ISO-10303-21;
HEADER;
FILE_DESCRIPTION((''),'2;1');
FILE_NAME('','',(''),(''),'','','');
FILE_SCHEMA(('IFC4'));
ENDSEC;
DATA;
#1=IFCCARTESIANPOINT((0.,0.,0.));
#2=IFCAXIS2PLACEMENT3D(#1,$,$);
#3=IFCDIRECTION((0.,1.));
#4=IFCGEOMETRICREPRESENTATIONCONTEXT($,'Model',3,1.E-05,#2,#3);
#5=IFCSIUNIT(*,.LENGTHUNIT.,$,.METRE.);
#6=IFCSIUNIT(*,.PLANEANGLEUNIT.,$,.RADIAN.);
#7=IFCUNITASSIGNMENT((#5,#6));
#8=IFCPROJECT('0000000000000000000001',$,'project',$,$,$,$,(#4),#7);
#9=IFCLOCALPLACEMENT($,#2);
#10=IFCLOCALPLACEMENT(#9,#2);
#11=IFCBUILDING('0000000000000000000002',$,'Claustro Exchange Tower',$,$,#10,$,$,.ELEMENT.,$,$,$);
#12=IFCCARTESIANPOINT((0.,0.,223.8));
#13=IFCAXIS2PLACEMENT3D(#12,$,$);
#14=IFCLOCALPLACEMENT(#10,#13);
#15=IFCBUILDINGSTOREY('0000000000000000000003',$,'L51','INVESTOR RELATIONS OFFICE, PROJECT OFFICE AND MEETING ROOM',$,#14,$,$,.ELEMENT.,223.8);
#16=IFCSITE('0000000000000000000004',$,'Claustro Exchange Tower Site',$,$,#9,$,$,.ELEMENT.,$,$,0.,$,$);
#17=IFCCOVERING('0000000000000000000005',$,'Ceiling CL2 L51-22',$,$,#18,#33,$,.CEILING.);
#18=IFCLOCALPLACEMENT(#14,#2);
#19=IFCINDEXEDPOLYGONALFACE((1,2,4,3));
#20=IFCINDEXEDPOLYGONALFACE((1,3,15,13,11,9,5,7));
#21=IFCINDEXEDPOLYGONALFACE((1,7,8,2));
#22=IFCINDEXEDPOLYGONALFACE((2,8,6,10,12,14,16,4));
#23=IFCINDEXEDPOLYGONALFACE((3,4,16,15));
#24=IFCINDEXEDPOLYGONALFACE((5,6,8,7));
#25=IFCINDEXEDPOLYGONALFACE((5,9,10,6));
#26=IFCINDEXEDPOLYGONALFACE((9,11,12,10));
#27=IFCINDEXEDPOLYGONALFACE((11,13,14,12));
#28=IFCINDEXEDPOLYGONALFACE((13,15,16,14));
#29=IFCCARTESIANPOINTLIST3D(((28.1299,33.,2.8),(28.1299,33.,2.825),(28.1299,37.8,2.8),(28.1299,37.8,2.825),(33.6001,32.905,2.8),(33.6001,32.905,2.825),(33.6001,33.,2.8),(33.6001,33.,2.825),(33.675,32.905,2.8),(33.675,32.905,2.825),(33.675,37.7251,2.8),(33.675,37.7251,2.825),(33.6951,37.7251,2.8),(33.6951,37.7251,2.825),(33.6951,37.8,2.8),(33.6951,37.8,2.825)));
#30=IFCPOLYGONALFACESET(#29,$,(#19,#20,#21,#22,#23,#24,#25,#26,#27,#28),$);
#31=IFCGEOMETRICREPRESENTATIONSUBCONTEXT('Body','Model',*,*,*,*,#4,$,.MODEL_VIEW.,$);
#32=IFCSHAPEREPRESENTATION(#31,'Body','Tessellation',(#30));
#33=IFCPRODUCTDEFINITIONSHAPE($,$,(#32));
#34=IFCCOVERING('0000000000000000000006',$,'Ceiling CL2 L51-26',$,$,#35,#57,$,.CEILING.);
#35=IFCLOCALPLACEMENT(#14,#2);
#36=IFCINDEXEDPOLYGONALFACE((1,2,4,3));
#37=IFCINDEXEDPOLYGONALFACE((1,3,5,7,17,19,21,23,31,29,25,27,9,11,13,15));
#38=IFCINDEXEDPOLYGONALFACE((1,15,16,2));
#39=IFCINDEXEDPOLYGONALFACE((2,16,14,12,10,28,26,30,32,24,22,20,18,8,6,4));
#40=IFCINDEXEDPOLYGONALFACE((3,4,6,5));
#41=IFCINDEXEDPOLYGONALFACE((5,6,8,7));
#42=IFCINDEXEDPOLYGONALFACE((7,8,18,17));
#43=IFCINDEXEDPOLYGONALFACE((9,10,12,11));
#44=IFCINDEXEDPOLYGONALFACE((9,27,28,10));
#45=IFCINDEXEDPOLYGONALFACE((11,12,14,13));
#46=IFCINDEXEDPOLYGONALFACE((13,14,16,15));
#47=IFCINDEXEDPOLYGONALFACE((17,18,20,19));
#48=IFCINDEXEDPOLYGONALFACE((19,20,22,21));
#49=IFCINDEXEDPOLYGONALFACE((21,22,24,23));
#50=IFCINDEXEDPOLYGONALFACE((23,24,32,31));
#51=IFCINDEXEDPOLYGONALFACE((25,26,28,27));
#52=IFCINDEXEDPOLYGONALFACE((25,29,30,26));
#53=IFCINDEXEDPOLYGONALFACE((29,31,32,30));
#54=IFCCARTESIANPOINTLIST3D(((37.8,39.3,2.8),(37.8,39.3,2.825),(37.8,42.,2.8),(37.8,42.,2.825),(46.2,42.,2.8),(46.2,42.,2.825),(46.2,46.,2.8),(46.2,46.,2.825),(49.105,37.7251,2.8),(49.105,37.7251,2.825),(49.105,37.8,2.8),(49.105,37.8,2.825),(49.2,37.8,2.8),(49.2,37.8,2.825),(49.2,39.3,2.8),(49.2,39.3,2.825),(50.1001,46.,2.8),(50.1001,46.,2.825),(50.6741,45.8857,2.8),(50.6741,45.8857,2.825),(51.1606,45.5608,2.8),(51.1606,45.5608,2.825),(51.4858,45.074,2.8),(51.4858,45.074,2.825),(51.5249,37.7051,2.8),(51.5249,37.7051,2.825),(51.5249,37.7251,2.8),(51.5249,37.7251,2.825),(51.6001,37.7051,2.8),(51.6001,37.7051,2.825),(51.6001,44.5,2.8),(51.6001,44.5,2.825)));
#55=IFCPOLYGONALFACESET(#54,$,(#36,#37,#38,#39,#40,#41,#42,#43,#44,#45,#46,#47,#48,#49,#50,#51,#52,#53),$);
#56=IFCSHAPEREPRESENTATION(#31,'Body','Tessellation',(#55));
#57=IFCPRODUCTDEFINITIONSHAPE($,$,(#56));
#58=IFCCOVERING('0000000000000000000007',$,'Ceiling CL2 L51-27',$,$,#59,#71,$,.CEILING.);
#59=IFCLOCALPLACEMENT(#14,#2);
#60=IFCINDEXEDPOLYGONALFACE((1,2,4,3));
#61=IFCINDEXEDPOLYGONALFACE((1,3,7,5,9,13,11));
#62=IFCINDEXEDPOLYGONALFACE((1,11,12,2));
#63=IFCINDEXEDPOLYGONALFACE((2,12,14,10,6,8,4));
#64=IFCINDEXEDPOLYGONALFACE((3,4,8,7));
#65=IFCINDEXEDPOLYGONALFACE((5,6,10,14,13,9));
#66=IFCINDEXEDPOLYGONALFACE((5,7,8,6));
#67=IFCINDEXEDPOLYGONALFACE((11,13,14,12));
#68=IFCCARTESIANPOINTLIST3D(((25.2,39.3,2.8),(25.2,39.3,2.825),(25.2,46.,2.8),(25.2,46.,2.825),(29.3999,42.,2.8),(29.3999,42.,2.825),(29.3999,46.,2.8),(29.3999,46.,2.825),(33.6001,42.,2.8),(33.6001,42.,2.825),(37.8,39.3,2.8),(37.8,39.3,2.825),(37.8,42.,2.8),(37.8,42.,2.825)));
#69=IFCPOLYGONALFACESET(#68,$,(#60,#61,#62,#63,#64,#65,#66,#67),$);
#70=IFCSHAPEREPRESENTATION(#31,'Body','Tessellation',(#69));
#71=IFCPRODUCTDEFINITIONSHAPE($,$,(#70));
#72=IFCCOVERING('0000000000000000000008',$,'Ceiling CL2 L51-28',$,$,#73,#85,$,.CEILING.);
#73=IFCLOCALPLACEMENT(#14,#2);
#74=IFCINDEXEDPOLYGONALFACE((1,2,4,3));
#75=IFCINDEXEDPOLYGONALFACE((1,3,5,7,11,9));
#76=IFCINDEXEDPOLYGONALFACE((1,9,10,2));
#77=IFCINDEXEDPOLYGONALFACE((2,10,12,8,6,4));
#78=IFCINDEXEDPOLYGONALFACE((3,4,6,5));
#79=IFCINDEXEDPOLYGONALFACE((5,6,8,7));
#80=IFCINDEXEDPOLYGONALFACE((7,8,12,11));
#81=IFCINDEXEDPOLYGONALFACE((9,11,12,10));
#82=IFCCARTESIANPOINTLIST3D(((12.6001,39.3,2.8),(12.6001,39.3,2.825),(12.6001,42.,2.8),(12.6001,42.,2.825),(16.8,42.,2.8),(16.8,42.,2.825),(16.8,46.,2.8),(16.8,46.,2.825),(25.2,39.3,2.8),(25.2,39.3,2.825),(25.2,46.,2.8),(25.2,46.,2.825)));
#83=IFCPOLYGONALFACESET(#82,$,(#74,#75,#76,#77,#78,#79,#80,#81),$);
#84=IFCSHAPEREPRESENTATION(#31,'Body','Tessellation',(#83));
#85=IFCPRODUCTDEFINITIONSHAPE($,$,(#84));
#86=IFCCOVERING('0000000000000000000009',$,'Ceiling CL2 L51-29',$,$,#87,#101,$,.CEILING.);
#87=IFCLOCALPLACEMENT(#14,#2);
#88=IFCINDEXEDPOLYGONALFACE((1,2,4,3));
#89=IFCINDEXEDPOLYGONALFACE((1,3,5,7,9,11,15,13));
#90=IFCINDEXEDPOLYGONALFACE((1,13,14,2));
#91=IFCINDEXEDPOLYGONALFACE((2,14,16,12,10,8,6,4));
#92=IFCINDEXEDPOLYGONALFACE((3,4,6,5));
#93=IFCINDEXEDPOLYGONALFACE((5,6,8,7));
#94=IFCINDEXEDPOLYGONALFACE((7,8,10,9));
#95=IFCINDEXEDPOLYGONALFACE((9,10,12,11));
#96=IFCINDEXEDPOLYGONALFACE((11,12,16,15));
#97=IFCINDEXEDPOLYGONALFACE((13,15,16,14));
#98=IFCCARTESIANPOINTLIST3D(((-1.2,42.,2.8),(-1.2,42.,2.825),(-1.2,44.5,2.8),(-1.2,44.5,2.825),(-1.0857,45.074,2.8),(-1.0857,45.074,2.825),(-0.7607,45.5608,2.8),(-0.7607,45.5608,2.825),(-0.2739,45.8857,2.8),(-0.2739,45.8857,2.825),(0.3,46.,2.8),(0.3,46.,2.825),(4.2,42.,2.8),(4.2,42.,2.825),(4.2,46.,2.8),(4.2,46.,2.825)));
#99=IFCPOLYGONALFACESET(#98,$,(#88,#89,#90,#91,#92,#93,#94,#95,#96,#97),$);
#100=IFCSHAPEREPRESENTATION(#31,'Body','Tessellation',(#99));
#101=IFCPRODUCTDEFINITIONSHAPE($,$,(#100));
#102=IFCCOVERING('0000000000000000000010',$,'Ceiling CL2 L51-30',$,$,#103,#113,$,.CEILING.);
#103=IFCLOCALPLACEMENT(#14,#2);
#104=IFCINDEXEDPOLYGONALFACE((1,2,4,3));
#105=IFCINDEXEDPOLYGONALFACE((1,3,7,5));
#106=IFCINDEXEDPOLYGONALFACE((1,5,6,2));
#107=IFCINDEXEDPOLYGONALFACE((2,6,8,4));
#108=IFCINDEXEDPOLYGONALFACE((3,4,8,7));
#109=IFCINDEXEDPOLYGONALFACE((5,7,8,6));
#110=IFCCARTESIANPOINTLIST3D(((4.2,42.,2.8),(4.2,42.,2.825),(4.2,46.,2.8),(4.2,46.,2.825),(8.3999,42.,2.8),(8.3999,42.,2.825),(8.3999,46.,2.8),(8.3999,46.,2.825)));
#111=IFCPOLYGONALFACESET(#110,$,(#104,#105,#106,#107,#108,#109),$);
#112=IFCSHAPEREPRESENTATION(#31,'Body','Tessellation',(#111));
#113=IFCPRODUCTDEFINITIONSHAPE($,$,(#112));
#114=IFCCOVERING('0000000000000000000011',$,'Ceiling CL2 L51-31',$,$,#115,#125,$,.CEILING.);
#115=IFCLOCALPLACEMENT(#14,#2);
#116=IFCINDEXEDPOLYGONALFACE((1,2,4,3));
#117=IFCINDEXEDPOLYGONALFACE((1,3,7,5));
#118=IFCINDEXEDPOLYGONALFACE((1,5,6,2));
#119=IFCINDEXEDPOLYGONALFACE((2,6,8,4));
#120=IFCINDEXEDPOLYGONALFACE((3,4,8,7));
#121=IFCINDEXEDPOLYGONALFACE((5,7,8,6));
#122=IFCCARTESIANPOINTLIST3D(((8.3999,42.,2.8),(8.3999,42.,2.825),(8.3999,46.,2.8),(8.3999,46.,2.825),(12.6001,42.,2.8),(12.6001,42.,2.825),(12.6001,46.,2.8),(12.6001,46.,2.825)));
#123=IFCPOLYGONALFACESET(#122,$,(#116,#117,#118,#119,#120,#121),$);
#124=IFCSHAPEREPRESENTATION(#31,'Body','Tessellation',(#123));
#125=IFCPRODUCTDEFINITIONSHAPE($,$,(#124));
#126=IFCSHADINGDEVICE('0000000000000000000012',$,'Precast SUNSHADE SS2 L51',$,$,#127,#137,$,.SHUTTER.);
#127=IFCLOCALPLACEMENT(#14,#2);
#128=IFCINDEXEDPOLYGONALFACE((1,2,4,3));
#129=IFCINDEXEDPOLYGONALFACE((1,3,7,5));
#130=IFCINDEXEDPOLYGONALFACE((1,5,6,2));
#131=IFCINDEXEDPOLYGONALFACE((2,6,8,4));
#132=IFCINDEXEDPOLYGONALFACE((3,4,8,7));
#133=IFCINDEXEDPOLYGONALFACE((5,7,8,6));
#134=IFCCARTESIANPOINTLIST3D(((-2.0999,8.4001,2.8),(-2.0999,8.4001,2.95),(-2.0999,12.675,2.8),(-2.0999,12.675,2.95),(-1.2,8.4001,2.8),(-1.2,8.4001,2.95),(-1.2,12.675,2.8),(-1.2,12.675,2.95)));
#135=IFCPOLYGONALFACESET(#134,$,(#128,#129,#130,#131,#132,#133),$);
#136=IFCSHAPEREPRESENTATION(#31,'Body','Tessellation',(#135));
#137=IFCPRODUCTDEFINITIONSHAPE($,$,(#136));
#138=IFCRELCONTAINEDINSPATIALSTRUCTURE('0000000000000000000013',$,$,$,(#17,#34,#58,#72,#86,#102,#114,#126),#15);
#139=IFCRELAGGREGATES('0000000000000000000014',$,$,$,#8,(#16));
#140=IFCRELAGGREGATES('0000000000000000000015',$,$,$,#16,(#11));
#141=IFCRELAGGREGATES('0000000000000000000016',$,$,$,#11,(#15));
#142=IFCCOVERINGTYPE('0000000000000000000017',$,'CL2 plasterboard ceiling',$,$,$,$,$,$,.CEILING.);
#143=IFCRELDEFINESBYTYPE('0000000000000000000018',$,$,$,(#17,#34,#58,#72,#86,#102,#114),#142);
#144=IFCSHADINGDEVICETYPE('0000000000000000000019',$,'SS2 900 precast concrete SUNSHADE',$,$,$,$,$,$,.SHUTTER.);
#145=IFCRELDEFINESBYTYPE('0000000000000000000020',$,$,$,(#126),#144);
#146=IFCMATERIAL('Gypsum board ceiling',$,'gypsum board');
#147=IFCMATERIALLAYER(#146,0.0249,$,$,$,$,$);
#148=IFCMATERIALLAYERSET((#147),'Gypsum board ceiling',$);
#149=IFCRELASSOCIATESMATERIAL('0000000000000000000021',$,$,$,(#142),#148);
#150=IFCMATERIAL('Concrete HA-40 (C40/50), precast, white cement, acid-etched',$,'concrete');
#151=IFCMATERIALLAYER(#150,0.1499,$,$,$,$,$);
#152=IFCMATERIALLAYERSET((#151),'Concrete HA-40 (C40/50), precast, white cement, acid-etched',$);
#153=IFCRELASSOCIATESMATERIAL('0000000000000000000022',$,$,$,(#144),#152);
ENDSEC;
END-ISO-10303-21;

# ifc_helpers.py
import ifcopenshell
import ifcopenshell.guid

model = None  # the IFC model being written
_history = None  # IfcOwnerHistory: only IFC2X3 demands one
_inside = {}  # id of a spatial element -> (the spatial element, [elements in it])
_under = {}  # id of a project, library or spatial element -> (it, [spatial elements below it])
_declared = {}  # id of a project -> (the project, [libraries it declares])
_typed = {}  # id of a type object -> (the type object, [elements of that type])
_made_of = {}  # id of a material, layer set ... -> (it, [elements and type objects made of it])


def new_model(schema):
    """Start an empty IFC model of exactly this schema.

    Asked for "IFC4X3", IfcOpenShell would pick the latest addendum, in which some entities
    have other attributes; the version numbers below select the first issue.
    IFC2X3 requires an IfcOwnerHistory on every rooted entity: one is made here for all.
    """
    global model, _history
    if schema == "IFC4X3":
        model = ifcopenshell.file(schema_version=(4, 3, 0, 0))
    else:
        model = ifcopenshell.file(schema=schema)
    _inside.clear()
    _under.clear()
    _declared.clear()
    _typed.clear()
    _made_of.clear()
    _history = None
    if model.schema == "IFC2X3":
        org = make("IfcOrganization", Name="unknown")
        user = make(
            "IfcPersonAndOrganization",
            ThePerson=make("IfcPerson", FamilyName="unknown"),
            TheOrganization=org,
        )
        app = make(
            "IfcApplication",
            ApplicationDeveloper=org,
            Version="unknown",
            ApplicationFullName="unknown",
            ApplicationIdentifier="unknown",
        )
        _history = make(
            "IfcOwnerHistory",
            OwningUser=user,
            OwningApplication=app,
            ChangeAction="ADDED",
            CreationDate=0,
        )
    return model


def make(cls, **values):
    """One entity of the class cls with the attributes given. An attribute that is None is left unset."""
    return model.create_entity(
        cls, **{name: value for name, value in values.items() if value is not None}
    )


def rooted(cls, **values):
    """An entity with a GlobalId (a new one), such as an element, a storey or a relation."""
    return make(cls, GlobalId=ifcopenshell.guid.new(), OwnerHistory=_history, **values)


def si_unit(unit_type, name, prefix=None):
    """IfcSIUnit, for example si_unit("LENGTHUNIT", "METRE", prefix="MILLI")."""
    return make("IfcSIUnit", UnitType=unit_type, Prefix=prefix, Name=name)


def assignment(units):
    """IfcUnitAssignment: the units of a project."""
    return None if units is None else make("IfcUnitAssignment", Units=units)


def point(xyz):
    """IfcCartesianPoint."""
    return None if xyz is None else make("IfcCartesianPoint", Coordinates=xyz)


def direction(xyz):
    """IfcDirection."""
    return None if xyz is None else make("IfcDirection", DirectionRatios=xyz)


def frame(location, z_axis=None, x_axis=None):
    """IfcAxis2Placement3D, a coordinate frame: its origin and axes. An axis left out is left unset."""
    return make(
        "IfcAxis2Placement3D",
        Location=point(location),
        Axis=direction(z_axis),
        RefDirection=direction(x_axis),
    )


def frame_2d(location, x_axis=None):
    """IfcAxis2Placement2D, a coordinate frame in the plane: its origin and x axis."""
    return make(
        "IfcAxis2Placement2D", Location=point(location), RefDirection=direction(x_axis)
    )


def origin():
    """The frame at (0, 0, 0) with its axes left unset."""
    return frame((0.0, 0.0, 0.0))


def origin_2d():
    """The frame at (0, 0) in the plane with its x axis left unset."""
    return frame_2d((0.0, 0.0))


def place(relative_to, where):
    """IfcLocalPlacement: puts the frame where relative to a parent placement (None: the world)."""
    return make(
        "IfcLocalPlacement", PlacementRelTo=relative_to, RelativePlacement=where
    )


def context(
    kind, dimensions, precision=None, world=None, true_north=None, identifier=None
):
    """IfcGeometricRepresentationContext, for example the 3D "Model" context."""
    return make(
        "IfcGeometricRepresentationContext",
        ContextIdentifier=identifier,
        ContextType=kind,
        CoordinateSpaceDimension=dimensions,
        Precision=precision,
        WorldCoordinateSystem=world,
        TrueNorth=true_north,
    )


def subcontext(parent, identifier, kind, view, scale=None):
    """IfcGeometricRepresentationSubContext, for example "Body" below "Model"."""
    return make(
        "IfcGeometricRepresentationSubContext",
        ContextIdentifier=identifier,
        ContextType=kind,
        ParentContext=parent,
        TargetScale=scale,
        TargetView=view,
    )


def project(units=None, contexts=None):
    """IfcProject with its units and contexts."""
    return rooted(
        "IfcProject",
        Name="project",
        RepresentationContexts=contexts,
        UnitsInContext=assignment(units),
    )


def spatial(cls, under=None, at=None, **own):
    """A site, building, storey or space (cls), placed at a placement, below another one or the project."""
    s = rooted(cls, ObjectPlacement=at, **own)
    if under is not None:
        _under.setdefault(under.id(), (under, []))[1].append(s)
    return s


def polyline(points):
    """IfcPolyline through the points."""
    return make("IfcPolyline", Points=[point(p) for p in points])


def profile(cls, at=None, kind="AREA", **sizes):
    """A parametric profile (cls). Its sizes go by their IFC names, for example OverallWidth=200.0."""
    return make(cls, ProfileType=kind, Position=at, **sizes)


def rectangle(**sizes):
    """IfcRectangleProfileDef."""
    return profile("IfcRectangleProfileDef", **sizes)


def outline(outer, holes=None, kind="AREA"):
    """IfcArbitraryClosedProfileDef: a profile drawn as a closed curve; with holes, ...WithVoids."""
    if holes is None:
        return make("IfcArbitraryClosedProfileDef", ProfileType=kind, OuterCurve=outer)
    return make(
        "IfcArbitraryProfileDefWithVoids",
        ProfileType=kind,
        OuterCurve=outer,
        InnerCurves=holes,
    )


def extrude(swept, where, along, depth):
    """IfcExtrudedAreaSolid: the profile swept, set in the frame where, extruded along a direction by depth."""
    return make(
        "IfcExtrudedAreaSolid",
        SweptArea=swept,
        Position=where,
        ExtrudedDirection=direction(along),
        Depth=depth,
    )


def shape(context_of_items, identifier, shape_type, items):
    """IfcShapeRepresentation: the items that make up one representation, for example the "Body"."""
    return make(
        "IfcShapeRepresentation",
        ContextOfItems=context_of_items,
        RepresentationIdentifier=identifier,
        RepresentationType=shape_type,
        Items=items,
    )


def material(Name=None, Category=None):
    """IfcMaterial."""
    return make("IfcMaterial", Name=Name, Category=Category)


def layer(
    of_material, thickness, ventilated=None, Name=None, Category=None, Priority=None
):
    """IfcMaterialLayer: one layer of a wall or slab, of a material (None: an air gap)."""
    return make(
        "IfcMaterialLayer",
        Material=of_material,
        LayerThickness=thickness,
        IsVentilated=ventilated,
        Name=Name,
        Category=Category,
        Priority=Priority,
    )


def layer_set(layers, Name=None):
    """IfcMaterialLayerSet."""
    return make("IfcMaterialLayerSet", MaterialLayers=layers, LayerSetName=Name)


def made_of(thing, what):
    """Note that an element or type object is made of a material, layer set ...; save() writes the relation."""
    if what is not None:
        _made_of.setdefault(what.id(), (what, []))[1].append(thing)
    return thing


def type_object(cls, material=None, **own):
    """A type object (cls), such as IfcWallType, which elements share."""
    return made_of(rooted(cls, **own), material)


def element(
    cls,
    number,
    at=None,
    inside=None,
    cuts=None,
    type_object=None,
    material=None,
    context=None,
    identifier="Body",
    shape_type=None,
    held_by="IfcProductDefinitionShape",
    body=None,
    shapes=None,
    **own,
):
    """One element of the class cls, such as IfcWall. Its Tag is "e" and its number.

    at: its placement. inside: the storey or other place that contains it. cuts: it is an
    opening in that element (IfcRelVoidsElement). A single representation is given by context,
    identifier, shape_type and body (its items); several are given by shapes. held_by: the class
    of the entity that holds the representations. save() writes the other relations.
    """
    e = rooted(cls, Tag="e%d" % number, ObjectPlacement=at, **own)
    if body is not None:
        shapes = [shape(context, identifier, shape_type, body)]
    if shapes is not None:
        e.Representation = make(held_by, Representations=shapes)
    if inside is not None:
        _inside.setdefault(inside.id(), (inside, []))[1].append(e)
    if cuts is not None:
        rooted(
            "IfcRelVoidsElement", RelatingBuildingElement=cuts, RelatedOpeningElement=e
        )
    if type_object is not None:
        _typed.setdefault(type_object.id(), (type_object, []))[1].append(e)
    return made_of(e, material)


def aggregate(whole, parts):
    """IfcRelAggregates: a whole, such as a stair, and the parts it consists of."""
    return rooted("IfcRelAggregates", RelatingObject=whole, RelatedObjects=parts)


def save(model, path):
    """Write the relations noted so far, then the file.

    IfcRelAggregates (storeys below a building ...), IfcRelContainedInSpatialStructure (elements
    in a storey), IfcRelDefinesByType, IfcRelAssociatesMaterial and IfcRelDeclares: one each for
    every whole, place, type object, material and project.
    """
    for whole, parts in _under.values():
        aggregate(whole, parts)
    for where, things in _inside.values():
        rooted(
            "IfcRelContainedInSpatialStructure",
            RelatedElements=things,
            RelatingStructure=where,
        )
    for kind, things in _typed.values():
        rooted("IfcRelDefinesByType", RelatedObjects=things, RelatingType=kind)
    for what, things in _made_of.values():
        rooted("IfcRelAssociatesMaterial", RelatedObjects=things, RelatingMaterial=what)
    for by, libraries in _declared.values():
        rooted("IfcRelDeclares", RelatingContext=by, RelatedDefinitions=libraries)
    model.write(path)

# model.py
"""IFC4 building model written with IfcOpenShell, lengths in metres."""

from ifc_helpers import new_model, si_unit, direction, frame, origin, origin_2d, place, context, subcontext, project, spatial, polyline, rectangle, outline, extrude, material, layer, layer_set, type_object, element, save


model = new_model("IFC4")

# Units and contexts
model_context = context("Model", 3, precision=1e-05, world=origin(), true_north=direction((0.0, 1.0)))
body_context = subcontext(model_context, "Body", "Model", "MODEL_VIEW")
ifc_project = project(units=[si_unit("LENGTHUNIT", "METRE"), si_unit("PLANEANGLEUNIT", "RADIAN")], contexts=[model_context])

# Site, building, storey
site_placement = place(None, origin())
site = spatial("IfcSite", under=ifc_project, at=site_placement, Name="Claustro Exchange Tower Site", CompositionType="ELEMENT", RefElevation=0.0)
building_placement = place(site_placement, origin())
building = spatial("IfcBuilding", under=site, at=building_placement, Name="Claustro Exchange Tower", CompositionType="ELEMENT")
storey_placement = place(building_placement, frame((0.0, 0.0, 223.8)))
storey = spatial("IfcBuildingStorey", under=building, at=storey_placement, Name="L51", Description="INVESTOR RELATIONS OFFICE, PROJECT OFFICE AND MEETING ROOM", CompositionType="ELEMENT", Elevation=223.8)

# Coverings
ifc_material_1 = material(Name="Gypsum board ceiling", Category="gypsum board")
ifc_layer_1 = layer(ifc_material_1, 0.0249)
ifc_layer_set_1 = layer_set([ifc_layer_1], Name="Gypsum board ceiling")
covering_type_1 = type_object("IfcCoveringType", Name="CL2 plasterboard ceiling", PredefinedType="CEILING", material=ifc_layer_set_1)
covering_1_placement = place(storey_placement, frame((0.0, 0.0, 2.8)))
element("IfcCovering", 1, at=covering_1_placement, inside=storey, type_object=covering_type_1, Name="Ceiling CL2 L51-22", PredefinedType="CEILING", context=body_context, shape_type="SweptSolid", body=[
    extrude(outline(polyline([(33.6001, 33.0), (33.6001, 32.905), (33.675, 32.905), (33.675, 37.7251), (33.6951, 37.7251), (33.6951, 37.8), (28.1299, 37.8), (28.1299, 33.0), (33.6001, 33.0)])), origin(), (0.0, 0.0, 1.0), 0.0249),
])
covering_2_placement = place(storey_placement, frame((0.0, 0.0, 2.8)))
element("IfcCovering", 2, at=covering_2_placement, inside=storey, type_object=covering_type_1, Name="Ceiling CL2 L51-26", PredefinedType="CEILING", context=body_context, shape_type="SweptSolid", body=[
    extrude(outline(polyline([(51.5249, 37.7251), (51.5249, 37.7051), (51.6001, 37.7051), (51.6001, 44.5), (51.4858, 45.074), (51.1606, 45.5608), (50.6741, 45.8857), (50.1001, 46.0), (46.2, 46.0), (46.2, 42.0), (37.8, 42.0), (37.8, 39.3), (49.2, 39.3), (49.2, 37.8), (49.105, 37.8), (49.105, 37.7251), (51.5249, 37.7251)])), origin(), (0.0, 0.0, 1.0), 0.0249),
])
covering_3_placement = place(storey_placement, frame((0.0, 0.0, 2.8)))
element("IfcCovering", 3, at=covering_3_placement, inside=storey, type_object=covering_type_1, Name="Ceiling CL2 L51-27", PredefinedType="CEILING", context=body_context, shape_type="SweptSolid", body=[
    extrude(outline(polyline([(29.3999, 46.0), (25.2, 46.0), (25.2, 39.3), (37.8, 39.3), (37.8, 42.0), (33.6001, 42.0), (29.3999, 42.0), (29.3999, 46.0)])), origin(), (0.0, 0.0, 1.0), 0.0249),
])
covering_4_placement = place(storey_placement, frame((0.0, 0.0, 2.8)))
element("IfcCovering", 4, at=covering_4_placement, inside=storey, type_object=covering_type_1, Name="Ceiling CL2 L51-28", PredefinedType="CEILING", context=body_context, shape_type="SweptSolid", body=[
    extrude(outline(polyline([(25.2, 46.0), (16.8, 46.0), (16.8, 42.0), (12.6001, 42.0), (12.6001, 39.3), (25.2, 39.3), (25.2, 46.0)])), origin(), (0.0, 0.0, 1.0), 0.0249),
])
covering_5_placement = place(storey_placement, frame((0.0, 0.0, 2.8)))
element("IfcCovering", 5, at=covering_5_placement, inside=storey, type_object=covering_type_1, Name="Ceiling CL2 L51-29", PredefinedType="CEILING", context=body_context, shape_type="SweptSolid", body=[
    extrude(outline(polyline([(-1.2, 44.5), (-1.2, 42.0), (4.2, 42.0), (4.2, 46.0), (0.3, 46.0), (-0.2739, 45.8857), (-0.7607, 45.5608), (-1.0857, 45.074), (-1.2, 44.5)])), origin(), (0.0, 0.0, 1.0), 0.0249),
])
covering_6_placement = place(storey_placement, frame((0.0, 0.0, 2.8)))
element("IfcCovering", 6, at=covering_6_placement, inside=storey, type_object=covering_type_1, Name="Ceiling CL2 L51-30", PredefinedType="CEILING", context=body_context, shape_type="SweptSolid", body=[
    extrude(outline(polyline([(8.3999, 46.0), (4.2, 46.0), (4.2, 42.0), (8.3999, 42.0), (8.3999, 46.0)])), origin(), (0.0, 0.0, 1.0), 0.0249),
])
covering_7_placement = place(storey_placement, frame((0.0, 0.0, 2.8)))
element("IfcCovering", 7, at=covering_7_placement, inside=storey, type_object=covering_type_1, Name="Ceiling CL2 L51-31", PredefinedType="CEILING", context=body_context, shape_type="SweptSolid", body=[
    extrude(outline(polyline([(12.6001, 46.0), (8.3999, 46.0), (8.3999, 42.0), (12.6001, 42.0), (12.6001, 46.0)])), origin(), (0.0, 0.0, 1.0), 0.0249),
])

# Shading device
ifc_material_2 = material(Name="Concrete HA-40 (C40/50), precast, white cement, acid-etched", Category="concrete")
ifc_layer_2 = layer(ifc_material_2, 0.1499)
ifc_layer_set_2 = layer_set([ifc_layer_2], Name="Concrete HA-40 (C40/50), precast, white cement, acid-etched")
shading_device_type = type_object("IfcShadingDeviceType", Name="SS2 900 precast concrete SUNSHADE", PredefinedType="SHUTTER", material=ifc_layer_set_2)
shading_device_placement = place(storey_placement, frame((-1.6499, 10.5376, 2.8), z_axis=(0.0, 0.0, 1.0), x_axis=(0.0, 1.0, 0.0)))
element("IfcShadingDevice", 8, at=shading_device_placement, inside=storey, type_object=shading_device_type, Name="Precast SUNSHADE SS2 L51", PredefinedType="SHUTTER", context=body_context, shape_type="SweptSolid", body=[
    extrude(rectangle(XDim=4.2749, YDim=0.8999, at=origin_2d()), origin(), (0.0, 0.0, 1.0), 0.1499),
])

save(model, "model.ifc")
